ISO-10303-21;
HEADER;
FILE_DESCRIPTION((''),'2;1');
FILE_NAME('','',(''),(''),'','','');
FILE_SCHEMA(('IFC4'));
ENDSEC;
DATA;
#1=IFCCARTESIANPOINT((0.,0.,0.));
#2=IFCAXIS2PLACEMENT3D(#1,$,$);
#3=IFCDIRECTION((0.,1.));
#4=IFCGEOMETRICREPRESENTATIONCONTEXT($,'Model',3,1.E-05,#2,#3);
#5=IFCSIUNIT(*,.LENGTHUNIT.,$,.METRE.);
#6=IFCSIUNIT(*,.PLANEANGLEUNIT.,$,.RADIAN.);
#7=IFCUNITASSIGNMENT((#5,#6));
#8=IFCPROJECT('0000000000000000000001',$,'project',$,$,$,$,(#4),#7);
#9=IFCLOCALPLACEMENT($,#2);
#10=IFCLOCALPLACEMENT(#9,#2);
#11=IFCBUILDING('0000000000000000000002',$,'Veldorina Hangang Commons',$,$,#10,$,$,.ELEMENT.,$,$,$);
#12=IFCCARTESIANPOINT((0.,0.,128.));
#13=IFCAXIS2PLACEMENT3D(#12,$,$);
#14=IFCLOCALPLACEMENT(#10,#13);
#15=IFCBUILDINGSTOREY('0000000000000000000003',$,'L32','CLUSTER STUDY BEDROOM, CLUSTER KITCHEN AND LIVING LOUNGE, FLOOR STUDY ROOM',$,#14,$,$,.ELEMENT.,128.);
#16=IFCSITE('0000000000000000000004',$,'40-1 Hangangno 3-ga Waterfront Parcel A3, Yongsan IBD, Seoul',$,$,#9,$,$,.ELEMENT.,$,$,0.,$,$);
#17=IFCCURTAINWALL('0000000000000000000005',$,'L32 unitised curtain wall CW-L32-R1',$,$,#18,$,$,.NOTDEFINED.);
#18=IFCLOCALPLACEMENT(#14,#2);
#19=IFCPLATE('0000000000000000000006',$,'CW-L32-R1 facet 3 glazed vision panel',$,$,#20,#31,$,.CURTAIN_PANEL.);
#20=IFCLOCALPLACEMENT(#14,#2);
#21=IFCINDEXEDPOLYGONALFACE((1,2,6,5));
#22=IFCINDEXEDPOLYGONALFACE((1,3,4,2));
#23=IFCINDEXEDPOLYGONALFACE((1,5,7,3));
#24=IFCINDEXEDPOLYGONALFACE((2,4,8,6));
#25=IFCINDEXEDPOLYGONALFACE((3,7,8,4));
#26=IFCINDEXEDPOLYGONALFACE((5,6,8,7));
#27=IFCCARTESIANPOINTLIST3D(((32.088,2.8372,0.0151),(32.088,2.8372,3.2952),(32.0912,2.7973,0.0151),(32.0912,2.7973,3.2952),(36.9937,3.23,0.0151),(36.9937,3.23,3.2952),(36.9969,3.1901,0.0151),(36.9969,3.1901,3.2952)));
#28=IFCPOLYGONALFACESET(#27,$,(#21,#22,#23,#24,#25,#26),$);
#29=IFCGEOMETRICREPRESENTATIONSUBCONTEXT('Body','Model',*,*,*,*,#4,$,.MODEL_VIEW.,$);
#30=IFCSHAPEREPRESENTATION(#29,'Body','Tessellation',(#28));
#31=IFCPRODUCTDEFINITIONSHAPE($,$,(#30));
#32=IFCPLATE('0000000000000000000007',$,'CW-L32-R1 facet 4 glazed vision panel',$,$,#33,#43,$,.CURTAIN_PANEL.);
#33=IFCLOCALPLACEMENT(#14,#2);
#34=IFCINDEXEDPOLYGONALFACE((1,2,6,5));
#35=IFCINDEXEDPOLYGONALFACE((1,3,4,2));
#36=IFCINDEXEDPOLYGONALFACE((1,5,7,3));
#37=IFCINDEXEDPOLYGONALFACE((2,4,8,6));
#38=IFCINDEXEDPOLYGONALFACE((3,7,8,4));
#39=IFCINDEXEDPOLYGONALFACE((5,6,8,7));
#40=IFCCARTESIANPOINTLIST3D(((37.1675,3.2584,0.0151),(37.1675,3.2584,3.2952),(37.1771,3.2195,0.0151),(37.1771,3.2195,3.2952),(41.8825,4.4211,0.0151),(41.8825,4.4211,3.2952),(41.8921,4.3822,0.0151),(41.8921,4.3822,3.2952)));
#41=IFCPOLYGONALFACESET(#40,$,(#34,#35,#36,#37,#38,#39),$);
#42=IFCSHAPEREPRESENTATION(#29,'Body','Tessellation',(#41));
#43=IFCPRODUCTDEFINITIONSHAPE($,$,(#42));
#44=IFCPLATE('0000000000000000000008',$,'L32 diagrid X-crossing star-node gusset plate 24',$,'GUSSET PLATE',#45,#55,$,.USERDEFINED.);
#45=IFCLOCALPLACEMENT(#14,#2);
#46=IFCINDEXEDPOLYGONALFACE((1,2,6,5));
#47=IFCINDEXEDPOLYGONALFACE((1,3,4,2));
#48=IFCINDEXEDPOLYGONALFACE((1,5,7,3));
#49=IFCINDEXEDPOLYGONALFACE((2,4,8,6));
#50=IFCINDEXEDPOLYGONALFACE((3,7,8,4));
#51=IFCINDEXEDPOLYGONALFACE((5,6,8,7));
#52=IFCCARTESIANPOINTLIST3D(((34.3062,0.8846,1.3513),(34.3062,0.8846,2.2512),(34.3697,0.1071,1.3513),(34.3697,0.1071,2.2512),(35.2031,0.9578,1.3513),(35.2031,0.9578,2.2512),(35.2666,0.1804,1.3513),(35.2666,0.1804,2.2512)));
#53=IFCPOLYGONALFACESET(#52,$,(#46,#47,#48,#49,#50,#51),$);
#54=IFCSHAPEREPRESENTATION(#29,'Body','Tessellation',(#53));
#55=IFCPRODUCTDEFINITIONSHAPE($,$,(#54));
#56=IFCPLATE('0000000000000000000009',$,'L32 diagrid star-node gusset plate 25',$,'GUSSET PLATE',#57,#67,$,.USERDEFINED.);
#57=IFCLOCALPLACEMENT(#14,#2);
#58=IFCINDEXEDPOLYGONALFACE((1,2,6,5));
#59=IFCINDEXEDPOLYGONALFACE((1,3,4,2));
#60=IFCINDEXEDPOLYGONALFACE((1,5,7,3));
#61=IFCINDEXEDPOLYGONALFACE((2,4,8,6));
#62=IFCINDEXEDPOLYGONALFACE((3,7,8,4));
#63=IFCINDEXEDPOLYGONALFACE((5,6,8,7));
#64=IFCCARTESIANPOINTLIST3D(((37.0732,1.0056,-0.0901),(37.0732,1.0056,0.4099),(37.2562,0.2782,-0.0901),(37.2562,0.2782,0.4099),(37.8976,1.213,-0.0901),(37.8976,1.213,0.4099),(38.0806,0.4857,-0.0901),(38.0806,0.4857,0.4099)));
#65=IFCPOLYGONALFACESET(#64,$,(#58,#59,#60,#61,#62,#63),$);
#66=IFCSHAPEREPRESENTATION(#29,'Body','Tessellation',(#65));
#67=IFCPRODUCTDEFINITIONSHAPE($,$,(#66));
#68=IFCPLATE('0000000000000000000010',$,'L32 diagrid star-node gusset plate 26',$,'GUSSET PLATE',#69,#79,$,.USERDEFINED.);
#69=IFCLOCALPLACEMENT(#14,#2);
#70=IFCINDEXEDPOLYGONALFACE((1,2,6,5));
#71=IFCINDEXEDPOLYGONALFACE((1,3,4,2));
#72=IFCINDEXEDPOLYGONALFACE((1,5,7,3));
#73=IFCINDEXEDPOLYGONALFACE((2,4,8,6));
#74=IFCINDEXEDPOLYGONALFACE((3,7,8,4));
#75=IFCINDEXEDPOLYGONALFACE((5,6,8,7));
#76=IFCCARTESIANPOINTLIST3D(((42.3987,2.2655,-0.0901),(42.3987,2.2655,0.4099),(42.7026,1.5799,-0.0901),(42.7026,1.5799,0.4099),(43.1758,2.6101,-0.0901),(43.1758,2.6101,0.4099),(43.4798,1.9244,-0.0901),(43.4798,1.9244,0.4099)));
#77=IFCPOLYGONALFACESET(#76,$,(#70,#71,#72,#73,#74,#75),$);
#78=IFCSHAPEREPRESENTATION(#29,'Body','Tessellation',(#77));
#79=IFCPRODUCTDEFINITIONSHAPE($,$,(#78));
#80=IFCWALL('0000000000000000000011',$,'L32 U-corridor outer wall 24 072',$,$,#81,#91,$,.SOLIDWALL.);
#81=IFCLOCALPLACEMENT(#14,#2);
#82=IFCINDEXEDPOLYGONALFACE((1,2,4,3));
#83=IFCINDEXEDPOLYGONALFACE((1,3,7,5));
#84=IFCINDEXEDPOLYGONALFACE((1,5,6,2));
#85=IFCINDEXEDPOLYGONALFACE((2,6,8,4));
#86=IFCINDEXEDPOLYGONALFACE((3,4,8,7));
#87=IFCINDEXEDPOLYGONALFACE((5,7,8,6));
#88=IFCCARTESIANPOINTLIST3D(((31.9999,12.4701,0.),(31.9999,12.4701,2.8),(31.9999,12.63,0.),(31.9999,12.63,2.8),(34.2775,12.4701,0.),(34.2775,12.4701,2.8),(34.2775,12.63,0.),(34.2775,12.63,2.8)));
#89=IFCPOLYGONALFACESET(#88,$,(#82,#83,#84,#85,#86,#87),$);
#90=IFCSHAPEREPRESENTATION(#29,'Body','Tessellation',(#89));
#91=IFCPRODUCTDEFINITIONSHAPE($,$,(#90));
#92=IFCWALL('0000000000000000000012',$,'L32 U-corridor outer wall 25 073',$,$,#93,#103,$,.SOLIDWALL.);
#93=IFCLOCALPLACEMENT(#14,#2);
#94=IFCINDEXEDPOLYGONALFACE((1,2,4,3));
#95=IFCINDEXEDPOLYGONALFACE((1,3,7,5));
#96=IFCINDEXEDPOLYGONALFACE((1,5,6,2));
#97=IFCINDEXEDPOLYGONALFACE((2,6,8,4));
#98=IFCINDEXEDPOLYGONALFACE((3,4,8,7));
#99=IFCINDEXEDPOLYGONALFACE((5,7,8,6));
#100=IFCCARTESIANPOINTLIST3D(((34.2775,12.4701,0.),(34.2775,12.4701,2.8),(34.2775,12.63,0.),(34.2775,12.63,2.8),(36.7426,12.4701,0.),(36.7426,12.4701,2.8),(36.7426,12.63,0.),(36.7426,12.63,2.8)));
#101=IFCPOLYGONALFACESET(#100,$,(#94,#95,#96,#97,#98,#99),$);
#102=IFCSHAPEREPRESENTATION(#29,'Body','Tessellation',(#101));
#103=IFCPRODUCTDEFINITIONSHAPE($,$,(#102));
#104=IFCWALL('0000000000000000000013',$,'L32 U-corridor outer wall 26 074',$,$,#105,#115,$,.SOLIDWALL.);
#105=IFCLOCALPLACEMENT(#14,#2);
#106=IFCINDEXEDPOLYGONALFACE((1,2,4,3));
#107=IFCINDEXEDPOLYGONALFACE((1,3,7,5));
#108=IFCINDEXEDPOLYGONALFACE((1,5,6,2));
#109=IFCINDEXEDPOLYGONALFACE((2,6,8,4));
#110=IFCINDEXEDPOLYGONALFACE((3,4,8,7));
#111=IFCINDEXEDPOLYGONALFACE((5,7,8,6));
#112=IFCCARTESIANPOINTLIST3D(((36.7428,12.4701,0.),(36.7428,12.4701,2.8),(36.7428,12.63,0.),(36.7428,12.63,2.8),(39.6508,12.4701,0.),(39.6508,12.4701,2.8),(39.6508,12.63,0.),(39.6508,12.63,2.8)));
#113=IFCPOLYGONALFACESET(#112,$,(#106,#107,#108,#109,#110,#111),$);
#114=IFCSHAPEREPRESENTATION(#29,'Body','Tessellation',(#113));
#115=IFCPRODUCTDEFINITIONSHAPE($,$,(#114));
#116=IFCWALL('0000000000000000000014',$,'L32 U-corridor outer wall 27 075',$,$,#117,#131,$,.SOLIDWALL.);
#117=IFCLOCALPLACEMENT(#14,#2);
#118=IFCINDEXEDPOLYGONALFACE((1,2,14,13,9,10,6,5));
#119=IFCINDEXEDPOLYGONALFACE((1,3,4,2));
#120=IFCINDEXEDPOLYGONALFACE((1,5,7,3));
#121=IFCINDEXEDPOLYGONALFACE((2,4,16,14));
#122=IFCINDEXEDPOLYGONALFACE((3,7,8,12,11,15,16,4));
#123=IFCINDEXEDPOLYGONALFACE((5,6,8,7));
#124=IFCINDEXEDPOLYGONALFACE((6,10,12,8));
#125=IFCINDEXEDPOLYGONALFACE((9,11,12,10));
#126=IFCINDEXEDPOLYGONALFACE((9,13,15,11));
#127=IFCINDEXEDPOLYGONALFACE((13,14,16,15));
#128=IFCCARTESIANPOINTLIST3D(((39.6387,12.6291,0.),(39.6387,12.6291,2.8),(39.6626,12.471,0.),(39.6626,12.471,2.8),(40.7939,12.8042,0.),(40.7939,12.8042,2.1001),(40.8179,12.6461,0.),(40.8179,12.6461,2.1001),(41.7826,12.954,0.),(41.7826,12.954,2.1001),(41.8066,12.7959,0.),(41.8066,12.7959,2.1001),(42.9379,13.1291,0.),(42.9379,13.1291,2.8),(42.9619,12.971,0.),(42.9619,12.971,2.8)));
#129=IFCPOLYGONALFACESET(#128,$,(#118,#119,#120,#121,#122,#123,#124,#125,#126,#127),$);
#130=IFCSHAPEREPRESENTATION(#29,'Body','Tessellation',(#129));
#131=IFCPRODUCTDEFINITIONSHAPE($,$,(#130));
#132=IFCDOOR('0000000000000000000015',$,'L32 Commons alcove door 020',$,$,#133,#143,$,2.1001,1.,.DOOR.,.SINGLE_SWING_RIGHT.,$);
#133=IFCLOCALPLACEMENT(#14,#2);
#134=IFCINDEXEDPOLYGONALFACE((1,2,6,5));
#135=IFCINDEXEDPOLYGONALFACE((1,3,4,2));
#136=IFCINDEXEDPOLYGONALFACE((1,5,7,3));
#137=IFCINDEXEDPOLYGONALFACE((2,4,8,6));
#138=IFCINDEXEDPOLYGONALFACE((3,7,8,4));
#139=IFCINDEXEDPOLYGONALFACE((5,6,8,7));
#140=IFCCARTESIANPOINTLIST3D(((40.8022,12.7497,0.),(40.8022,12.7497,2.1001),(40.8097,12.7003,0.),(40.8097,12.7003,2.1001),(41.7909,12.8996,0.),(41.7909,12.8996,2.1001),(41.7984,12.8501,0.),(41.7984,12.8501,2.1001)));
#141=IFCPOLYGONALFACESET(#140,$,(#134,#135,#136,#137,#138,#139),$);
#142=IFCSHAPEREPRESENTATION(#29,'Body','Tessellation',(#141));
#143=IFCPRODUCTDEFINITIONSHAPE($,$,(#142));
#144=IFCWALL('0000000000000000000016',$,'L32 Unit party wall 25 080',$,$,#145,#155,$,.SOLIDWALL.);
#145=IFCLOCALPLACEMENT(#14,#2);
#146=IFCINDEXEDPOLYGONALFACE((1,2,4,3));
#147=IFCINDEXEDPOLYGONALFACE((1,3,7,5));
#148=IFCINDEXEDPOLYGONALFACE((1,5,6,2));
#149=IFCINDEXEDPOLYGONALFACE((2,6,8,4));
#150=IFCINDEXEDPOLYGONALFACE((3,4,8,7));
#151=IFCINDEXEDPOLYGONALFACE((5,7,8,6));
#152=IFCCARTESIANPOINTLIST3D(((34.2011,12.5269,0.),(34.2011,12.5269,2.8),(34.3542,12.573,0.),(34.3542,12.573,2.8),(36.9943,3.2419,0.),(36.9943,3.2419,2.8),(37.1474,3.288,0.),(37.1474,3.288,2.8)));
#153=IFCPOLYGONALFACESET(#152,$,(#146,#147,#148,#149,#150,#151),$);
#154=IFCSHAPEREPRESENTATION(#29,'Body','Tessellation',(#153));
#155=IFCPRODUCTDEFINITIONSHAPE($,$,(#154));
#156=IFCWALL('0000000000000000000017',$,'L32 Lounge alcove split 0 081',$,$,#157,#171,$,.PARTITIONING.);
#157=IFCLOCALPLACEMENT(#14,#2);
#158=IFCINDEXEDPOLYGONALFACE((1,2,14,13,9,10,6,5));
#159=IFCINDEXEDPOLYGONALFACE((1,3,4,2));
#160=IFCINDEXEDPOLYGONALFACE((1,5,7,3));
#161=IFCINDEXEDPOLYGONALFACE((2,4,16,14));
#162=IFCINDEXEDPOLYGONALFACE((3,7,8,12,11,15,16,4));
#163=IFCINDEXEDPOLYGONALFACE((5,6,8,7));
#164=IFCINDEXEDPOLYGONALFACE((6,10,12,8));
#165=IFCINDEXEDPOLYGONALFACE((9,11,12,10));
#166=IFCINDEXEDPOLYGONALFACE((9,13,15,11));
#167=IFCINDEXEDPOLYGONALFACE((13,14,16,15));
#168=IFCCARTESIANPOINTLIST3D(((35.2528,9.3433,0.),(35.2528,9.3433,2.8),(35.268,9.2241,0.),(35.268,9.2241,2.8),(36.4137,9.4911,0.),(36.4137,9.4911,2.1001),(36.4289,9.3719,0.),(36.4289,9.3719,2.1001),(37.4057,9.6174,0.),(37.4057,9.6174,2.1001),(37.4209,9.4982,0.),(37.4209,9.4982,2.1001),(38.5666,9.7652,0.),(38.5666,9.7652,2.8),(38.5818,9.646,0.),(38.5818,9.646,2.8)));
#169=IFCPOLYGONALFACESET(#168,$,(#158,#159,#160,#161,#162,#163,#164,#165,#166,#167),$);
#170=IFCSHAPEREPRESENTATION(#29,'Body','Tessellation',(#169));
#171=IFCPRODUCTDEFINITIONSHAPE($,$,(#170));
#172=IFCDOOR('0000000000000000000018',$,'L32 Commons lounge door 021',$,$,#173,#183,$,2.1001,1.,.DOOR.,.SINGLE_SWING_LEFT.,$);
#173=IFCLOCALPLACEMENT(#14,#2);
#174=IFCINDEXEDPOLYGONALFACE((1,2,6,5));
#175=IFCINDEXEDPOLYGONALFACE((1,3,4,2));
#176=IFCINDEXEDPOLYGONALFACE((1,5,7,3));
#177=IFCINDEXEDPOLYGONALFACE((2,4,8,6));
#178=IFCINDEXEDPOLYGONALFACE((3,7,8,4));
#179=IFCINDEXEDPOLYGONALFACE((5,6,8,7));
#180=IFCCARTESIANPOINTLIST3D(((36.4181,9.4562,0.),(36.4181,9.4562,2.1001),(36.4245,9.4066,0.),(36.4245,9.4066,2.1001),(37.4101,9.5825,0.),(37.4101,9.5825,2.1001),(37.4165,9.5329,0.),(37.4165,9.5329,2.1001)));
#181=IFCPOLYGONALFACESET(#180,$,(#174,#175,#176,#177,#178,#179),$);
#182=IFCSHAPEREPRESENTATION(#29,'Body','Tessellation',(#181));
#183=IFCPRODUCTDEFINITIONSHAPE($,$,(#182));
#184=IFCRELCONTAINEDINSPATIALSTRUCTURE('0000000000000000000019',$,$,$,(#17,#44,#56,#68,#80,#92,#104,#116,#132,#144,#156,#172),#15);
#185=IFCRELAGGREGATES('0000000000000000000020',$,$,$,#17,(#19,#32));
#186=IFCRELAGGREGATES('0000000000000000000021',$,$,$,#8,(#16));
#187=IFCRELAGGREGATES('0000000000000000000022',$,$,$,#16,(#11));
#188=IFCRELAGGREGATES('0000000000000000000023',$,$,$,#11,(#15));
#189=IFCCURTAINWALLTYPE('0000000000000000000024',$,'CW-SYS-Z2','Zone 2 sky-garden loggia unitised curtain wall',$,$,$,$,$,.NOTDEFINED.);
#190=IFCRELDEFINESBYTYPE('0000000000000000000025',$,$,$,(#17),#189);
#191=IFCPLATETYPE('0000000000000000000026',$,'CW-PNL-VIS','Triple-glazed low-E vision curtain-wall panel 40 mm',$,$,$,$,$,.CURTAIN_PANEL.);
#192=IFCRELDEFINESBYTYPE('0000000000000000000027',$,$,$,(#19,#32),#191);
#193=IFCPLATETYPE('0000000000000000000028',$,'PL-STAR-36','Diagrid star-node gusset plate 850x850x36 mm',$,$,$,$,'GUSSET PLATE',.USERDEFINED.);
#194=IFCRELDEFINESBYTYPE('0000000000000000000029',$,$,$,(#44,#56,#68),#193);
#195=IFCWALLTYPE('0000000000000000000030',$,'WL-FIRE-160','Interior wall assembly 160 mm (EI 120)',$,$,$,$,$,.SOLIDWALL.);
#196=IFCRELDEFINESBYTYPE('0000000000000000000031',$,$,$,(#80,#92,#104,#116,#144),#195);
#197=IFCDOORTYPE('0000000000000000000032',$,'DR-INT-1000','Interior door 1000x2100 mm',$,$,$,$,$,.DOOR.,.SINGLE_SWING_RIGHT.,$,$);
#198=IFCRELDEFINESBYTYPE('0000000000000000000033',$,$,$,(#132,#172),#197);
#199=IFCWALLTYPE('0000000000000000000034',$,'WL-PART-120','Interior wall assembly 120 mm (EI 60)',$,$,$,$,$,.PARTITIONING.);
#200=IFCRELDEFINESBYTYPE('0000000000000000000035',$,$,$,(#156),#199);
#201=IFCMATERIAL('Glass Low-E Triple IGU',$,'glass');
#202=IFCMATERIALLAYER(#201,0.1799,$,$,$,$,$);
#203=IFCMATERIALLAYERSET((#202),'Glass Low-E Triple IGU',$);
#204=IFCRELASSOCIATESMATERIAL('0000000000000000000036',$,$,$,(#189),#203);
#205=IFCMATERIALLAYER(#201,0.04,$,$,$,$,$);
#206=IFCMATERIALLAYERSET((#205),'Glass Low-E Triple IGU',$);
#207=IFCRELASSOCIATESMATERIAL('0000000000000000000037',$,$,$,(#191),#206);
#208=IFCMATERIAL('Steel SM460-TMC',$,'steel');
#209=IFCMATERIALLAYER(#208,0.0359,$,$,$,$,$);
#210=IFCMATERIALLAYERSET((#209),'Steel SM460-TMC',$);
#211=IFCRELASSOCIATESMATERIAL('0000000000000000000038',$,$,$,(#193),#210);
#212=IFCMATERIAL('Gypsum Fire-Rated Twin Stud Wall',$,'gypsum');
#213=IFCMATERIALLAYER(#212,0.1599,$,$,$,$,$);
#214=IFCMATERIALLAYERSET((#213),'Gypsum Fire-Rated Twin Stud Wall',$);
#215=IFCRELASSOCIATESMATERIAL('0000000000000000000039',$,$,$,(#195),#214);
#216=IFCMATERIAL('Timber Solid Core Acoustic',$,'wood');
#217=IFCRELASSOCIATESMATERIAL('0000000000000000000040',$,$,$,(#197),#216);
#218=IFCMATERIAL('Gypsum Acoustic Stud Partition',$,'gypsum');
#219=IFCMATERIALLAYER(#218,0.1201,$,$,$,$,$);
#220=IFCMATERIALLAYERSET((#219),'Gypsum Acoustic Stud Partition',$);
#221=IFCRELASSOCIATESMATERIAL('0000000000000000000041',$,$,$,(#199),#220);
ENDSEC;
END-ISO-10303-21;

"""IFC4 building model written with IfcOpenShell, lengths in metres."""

from ifc_helpers import new_model, si_unit, direction, frame, frame_2d, origin, origin_2d, place, context, subcontext, project, spatial, rectangle, extrude, material, layer, layer_set, type_object, element, fill, aggregate, save


model = new_model("IFC4")

# Units and contexts
model_context = context("Model", 3, precision=1e-05, world=origin(), true_north=direction((0.0, 1.0)))
body_context = subcontext(model_context, "Body", "Model", "MODEL_VIEW")
ifc_project = project(units=[si_unit("LENGTHUNIT", "METRE"), si_unit("PLANEANGLEUNIT", "RADIAN")], contexts=[model_context])

# Site, building, storey
site_placement = place(None, origin())
site = spatial("IfcSite", under=ifc_project, at=site_placement, Name="40-1 Hangangno 3-ga Waterfront Parcel A3, Yongsan IBD, Seoul", CompositionType="ELEMENT", RefElevation=0.0)
building_placement = place(site_placement, origin())
building = spatial("IfcBuilding", under=site, at=building_placement, Name="Veldorina Hangang Commons", CompositionType="ELEMENT")
storey_placement = place(building_placement, frame((0.0, 0.0, 128.0)))
storey = spatial("IfcBuildingStorey", under=building, at=storey_placement, Name="L32", Description="CLUSTER STUDY BEDROOM, CLUSTER KITCHEN AND LIVING LOUNGE, FLOOR STUDY ROOM", CompositionType="ELEMENT", Elevation=128.0)

# Curtain wall
ifc_material_1 = material(Name="Glass Low-E Triple IGU", Category="glass")
ifc_layer_1 = layer(ifc_material_1, 0.1799)
ifc_layer_set_1 = layer_set([ifc_layer_1], Name="Glass Low-E Triple IGU")
curtain_wall_type = type_object("IfcCurtainWallType", Name="CW-SYS-Z2", Description="Zone 2 sky-garden loggia unitised curtain wall", PredefinedType="NOTDEFINED", material=ifc_layer_set_1)
curtain_wall_placement = place(storey_placement, origin())
curtain_wall = element("IfcCurtainWall", 1, at=curtain_wall_placement, inside=storey, type_object=curtain_wall_type, Name="L32 unitised curtain wall CW-L32-R1", PredefinedType="NOTDEFINED")

# Plates
ifc_layer_2 = layer(ifc_material_1, 0.04)
ifc_layer_set_2 = layer_set([ifc_layer_2], Name="Glass Low-E Triple IGU")
plate_type_1 = type_object("IfcPlateType", Name="CW-PNL-VIS", Description="Triple-glazed low-E vision curtain-wall panel 40 mm", PredefinedType="CURTAIN_PANEL", material=ifc_layer_set_2)
plate_1_placement = place(storey_placement, frame((34.5425, 3.0137, 0.0151), z_axis=(0.0, 0.0, 1.0), x_axis=(0.99681, 0.079816, 0.0)))
plate_1 = element("IfcPlate", 2, at=plate_1_placement, type_object=plate_type_1, Name="CW-L32-R1 facet 3 glazed vision panel", PredefinedType="CURTAIN_PANEL", context=body_context, shape_type="SweptSolid", body=[
    extrude(rectangle(XDim=4.9214, YDim=0.04, at=origin_2d()), origin(), (0.0, 0.0, 1.0), 3.28),
])
plate_2_placement = place(storey_placement, frame((39.5298, 3.8203, 0.0151), z_axis=(0.0, 0.0, 1.0), x_axis=(0.970913, 0.239432, 0.0)))
plate_2 = element("IfcPlate", 3, at=plate_2_placement, type_object=plate_type_1, Name="CW-L32-R1 facet 4 glazed vision panel", PredefinedType="CURTAIN_PANEL", context=body_context, shape_type="SweptSolid", body=[
    extrude(rectangle(XDim=4.8562, YDim=0.04, at=origin_2d()), origin(), (0.0, 0.0, 1.0), 3.28),
])
aggregate(curtain_wall, [plate_1, plate_2])

# Plates
ifc_material_2 = material(Name="Steel SM460-TMC", Category="steel")
ifc_layer_3 = layer(ifc_material_2, 0.0359)
ifc_layer_set_3 = layer_set([ifc_layer_3], Name="Steel SM460-TMC")
plate_type_2 = type_object("IfcPlateType", Name="PL-STAR-36", Description="Diagrid star-node gusset plate 850x850x36 mm", ElementType="GUSSET PLATE", PredefinedType="USERDEFINED", material=ifc_layer_set_3)
plate_3_placement = place(storey_placement, frame((34.7864, 0.5325, 1.3513), z_axis=(0.0, 0.0, 1.0), x_axis=(0.99668, 0.081417, 0.0)))
element("IfcPlate", 4, at=plate_3_placement, inside=storey, type_object=plate_type_2, Name="L32 diagrid X-crossing star-node gusset plate 24", ObjectType="GUSSET PLATE", PredefinedType="USERDEFINED", context=body_context, shape_type="SweptSolid", body=[
    extrude(rectangle(XDim=0.8999, YDim=0.78, at=origin_2d()), origin(), (0.0, 0.0, 1.0), 0.8999),
])
for number, where, z_axis, x_axis, name in (
    (5, (37.5769, 0.7456, -0.0901), (0.0, 0.0, 1.0), (0.969774, 0.244004, 0.0), "L32 diagrid star-node gusset plate 25"),
    (6, (42.9392, 2.095, -0.0901), (0.0, 0.0, 1.0), (0.91419, 0.405285, 0.0), "L32 diagrid star-node gusset plate 26"),
):
    element("IfcPlate", number, at=place(storey_placement, frame(where, z_axis=z_axis, x_axis=x_axis)), inside=storey, type_object=plate_type_2, Name=name, ObjectType="GUSSET PLATE", PredefinedType="USERDEFINED", context=body_context, shape_type="SweptSolid", body=[
        extrude(rectangle(XDim=0.8501, YDim=0.75, at=origin_2d()), origin(), (0.0, 0.0, 1.0), 0.5),
    ])

# Walls
ifc_material_3 = material(Name="Gypsum Fire-Rated Twin Stud Wall", Category="gypsum")
ifc_layer_4 = layer(ifc_material_3, 0.1599)
ifc_layer_set_4 = layer_set([ifc_layer_4], Name="Gypsum Fire-Rated Twin Stud Wall")
wall_type_1 = type_object("IfcWallType", Name="WL-FIRE-160", Description="Interior wall assembly 160 mm (EI 120)", PredefinedType="SOLIDWALL", material=ifc_layer_set_4)
wall_1_placement = place(storey_placement, frame((32.0, 12.55, 0.0), z_axis=(0.0, 0.0, 1.0), x_axis=(1.0, 0.0, 0.0)))
element("IfcWall", 7, at=wall_1_placement, inside=storey, type_object=wall_type_1, Name="L32 U-corridor outer wall 24 072", PredefinedType="SOLIDWALL", context=body_context, shape_type="SweptSolid", body=[
    extrude(rectangle(XDim=2.2776, YDim=0.1599, at=frame_2d((1.1387, 0.0))), origin(), (0.0, 0.0, 1.0), 2.8),
])
wall_2_placement = place(storey_placement, frame((34.2776, 12.55, 0.0), z_axis=(0.0, 0.0, 1.0), x_axis=(1.0, 0.0, 0.0)))
element("IfcWall", 8, at=wall_2_placement, inside=storey, type_object=wall_type_1, Name="L32 U-corridor outer wall 25 073", PredefinedType="SOLIDWALL", context=body_context, shape_type="SweptSolid", body=[
    extrude(rectangle(XDim=2.4651, YDim=0.1599, at=frame_2d((1.2324, 0.0))), origin(), (0.0, 0.0, 1.0), 2.8),
])
wall_3_placement = place(storey_placement, frame((36.7427, 12.55, 0.0), z_axis=(0.0, 0.0, 1.0), x_axis=(1.0, 0.0, 0.0)))
element("IfcWall", 9, at=wall_3_placement, inside=storey, type_object=wall_type_1, Name="L32 U-corridor outer wall 26 074", PredefinedType="SOLIDWALL", context=body_context, shape_type="SweptSolid", body=[
    extrude(rectangle(XDim=2.908, YDim=0.1599, at=frame_2d((1.4541, 0.0))), origin(), (0.0, 0.0, 1.0), 2.8),
])

# Wall, opening, door
wall_4_placement = place(storey_placement, frame((39.6506, 12.55, 0.0), z_axis=(0.0, 0.0, 1.0), x_axis=(0.988711, 0.149836, 0.0)))
wall_4 = element("IfcWall", 10, at=wall_4_placement, inside=storey, type_object=wall_type_1, Name="L32 U-corridor outer wall 27 075", PredefinedType="SOLIDWALL", context=body_context, shape_type="SweptSolid", body=[
    extrude(rectangle(XDim=3.3369, YDim=0.1599, at=frame_2d((1.6685, 0.0))), origin(), (0.0, 0.0, 1.0), 2.8),
])
opening_1_placement = place(wall_4_placement, frame((1.1685, 0.0, 0.0)))
opening_1 = element("IfcOpeningElement", 11, at=opening_1_placement, cuts=wall_4, PredefinedType="OPENING", context=body_context, shape_type="SweptSolid", body=[
    extrude(rectangle(XDim=1.0, YDim=2.1001, at=frame_2d((0.5, 1.05))), frame((0.0, 0.0898, 0.0), z_axis=(0.0, -1.0, 0.0), x_axis=(1.0, 0.0, 0.0)), (0.0, 0.0, 1.0), 0.1799),
])
ifc_material_4 = material(Name="Timber Solid Core Acoustic", Category="wood")
door_type_1 = type_object("IfcDoorType", Name="DR-INT-1000", Description="Interior door 1000x2100 mm", OperationType="SINGLE_SWING_RIGHT", PredefinedType="DOOR", material=ifc_material_4)
door_1_placement = place(opening_1_placement, origin())
door_1 = element("IfcDoor", 12, at=door_1_placement, inside=storey, type_object=door_type_1, Name="L32 Commons alcove door 020", OperationType="SINGLE_SWING_RIGHT", OverallHeight=2.1001, OverallWidth=1.0, PredefinedType="DOOR", context=body_context, shape_type="SweptSolid", body=[
    extrude(rectangle(XDim=1.0, YDim=2.1001, at=frame_2d((0.5, 1.05))), frame((0.0, 0.0249, 0.0), z_axis=(0.0, -1.0, 0.0), x_axis=(1.0, 0.0, 0.0)), (0.0, 0.0, 1.0), 0.05),
])
fill(opening_1, door_1)

# Wall
wall_5_placement = place(storey_placement, frame((34.2776, 12.55, 0.0), z_axis=(0.0, 0.0, 1.0), x_axis=(0.28808, -0.957606, 0.0)))
element("IfcWall", 13, at=wall_5_placement, inside=storey, type_object=wall_type_1, Name="L32 Unit party wall 25 080", PredefinedType="SOLIDWALL", context=body_context, shape_type="SweptSolid", body=[
    extrude(rectangle(XDim=9.696, YDim=0.1599, at=frame_2d((4.8481, 0.0))), origin(), (0.0, 0.0, 1.0), 2.8),
])

# Wall, opening, door
ifc_material_5 = material(Name="Gypsum Acoustic Stud Partition", Category="gypsum")
ifc_layer_5 = layer(ifc_material_5, 0.1201)
ifc_layer_set_5 = layer_set([ifc_layer_5], Name="Gypsum Acoustic Stud Partition")
wall_type_2 = type_object("IfcWallType", Name="WL-PART-120", Description="Interior wall assembly 120 mm (EI 60)", PredefinedType="PARTITIONING", material=ifc_layer_set_5)
wall_6_placement = place(storey_placement, frame((35.2603, 9.2837, 0.0), z_axis=(0.0, 0.0, 1.0), x_axis=(0.991993, 0.126292, 0.0)))
wall_6 = element("IfcWall", 14, at=wall_6_placement, inside=storey, type_object=wall_type_2, Name="L32 Lounge alcove split 0 081", PredefinedType="PARTITIONING", context=body_context, shape_type="SweptSolid", body=[
    extrude(rectangle(XDim=3.3406, YDim=0.1201, at=frame_2d((1.6704, 0.0))), origin(), (0.0, 0.0, 1.0), 2.8),
])
opening_2_placement = place(wall_6_placement, frame((1.1704, 0.0, 0.0)))
opening_2 = element("IfcOpeningElement", 15, at=opening_2_placement, cuts=wall_6, PredefinedType="OPENING", context=body_context, shape_type="SweptSolid", body=[
    extrude(rectangle(XDim=1.0, YDim=2.1001, at=frame_2d((0.5, 1.05))), frame((0.0, 0.0701, 0.0), z_axis=(0.0, -1.0, 0.0), x_axis=(1.0, 0.0, 0.0)), (0.0, 0.0, 1.0), 0.1401),
])
door_2_placement = place(opening_2_placement, origin())
door_2 = element("IfcDoor", 16, at=door_2_placement, inside=storey, type_object=door_type_1, Name="L32 Commons lounge door 021", OperationType="SINGLE_SWING_LEFT", OverallHeight=2.1001, OverallWidth=1.0, PredefinedType="DOOR", context=body_context, shape_type="SweptSolid", body=[
    extrude(rectangle(XDim=1.0, YDim=2.1001, at=frame_2d((0.5, 1.05))), frame((0.0, 0.0249, 0.0), z_axis=(0.0, -1.0, 0.0), x_axis=(1.0, 0.0, 0.0)), (0.0, 0.0, 1.0), 0.05),
])
fill(opening_2, door_2)

save(model, "model.ifc")
